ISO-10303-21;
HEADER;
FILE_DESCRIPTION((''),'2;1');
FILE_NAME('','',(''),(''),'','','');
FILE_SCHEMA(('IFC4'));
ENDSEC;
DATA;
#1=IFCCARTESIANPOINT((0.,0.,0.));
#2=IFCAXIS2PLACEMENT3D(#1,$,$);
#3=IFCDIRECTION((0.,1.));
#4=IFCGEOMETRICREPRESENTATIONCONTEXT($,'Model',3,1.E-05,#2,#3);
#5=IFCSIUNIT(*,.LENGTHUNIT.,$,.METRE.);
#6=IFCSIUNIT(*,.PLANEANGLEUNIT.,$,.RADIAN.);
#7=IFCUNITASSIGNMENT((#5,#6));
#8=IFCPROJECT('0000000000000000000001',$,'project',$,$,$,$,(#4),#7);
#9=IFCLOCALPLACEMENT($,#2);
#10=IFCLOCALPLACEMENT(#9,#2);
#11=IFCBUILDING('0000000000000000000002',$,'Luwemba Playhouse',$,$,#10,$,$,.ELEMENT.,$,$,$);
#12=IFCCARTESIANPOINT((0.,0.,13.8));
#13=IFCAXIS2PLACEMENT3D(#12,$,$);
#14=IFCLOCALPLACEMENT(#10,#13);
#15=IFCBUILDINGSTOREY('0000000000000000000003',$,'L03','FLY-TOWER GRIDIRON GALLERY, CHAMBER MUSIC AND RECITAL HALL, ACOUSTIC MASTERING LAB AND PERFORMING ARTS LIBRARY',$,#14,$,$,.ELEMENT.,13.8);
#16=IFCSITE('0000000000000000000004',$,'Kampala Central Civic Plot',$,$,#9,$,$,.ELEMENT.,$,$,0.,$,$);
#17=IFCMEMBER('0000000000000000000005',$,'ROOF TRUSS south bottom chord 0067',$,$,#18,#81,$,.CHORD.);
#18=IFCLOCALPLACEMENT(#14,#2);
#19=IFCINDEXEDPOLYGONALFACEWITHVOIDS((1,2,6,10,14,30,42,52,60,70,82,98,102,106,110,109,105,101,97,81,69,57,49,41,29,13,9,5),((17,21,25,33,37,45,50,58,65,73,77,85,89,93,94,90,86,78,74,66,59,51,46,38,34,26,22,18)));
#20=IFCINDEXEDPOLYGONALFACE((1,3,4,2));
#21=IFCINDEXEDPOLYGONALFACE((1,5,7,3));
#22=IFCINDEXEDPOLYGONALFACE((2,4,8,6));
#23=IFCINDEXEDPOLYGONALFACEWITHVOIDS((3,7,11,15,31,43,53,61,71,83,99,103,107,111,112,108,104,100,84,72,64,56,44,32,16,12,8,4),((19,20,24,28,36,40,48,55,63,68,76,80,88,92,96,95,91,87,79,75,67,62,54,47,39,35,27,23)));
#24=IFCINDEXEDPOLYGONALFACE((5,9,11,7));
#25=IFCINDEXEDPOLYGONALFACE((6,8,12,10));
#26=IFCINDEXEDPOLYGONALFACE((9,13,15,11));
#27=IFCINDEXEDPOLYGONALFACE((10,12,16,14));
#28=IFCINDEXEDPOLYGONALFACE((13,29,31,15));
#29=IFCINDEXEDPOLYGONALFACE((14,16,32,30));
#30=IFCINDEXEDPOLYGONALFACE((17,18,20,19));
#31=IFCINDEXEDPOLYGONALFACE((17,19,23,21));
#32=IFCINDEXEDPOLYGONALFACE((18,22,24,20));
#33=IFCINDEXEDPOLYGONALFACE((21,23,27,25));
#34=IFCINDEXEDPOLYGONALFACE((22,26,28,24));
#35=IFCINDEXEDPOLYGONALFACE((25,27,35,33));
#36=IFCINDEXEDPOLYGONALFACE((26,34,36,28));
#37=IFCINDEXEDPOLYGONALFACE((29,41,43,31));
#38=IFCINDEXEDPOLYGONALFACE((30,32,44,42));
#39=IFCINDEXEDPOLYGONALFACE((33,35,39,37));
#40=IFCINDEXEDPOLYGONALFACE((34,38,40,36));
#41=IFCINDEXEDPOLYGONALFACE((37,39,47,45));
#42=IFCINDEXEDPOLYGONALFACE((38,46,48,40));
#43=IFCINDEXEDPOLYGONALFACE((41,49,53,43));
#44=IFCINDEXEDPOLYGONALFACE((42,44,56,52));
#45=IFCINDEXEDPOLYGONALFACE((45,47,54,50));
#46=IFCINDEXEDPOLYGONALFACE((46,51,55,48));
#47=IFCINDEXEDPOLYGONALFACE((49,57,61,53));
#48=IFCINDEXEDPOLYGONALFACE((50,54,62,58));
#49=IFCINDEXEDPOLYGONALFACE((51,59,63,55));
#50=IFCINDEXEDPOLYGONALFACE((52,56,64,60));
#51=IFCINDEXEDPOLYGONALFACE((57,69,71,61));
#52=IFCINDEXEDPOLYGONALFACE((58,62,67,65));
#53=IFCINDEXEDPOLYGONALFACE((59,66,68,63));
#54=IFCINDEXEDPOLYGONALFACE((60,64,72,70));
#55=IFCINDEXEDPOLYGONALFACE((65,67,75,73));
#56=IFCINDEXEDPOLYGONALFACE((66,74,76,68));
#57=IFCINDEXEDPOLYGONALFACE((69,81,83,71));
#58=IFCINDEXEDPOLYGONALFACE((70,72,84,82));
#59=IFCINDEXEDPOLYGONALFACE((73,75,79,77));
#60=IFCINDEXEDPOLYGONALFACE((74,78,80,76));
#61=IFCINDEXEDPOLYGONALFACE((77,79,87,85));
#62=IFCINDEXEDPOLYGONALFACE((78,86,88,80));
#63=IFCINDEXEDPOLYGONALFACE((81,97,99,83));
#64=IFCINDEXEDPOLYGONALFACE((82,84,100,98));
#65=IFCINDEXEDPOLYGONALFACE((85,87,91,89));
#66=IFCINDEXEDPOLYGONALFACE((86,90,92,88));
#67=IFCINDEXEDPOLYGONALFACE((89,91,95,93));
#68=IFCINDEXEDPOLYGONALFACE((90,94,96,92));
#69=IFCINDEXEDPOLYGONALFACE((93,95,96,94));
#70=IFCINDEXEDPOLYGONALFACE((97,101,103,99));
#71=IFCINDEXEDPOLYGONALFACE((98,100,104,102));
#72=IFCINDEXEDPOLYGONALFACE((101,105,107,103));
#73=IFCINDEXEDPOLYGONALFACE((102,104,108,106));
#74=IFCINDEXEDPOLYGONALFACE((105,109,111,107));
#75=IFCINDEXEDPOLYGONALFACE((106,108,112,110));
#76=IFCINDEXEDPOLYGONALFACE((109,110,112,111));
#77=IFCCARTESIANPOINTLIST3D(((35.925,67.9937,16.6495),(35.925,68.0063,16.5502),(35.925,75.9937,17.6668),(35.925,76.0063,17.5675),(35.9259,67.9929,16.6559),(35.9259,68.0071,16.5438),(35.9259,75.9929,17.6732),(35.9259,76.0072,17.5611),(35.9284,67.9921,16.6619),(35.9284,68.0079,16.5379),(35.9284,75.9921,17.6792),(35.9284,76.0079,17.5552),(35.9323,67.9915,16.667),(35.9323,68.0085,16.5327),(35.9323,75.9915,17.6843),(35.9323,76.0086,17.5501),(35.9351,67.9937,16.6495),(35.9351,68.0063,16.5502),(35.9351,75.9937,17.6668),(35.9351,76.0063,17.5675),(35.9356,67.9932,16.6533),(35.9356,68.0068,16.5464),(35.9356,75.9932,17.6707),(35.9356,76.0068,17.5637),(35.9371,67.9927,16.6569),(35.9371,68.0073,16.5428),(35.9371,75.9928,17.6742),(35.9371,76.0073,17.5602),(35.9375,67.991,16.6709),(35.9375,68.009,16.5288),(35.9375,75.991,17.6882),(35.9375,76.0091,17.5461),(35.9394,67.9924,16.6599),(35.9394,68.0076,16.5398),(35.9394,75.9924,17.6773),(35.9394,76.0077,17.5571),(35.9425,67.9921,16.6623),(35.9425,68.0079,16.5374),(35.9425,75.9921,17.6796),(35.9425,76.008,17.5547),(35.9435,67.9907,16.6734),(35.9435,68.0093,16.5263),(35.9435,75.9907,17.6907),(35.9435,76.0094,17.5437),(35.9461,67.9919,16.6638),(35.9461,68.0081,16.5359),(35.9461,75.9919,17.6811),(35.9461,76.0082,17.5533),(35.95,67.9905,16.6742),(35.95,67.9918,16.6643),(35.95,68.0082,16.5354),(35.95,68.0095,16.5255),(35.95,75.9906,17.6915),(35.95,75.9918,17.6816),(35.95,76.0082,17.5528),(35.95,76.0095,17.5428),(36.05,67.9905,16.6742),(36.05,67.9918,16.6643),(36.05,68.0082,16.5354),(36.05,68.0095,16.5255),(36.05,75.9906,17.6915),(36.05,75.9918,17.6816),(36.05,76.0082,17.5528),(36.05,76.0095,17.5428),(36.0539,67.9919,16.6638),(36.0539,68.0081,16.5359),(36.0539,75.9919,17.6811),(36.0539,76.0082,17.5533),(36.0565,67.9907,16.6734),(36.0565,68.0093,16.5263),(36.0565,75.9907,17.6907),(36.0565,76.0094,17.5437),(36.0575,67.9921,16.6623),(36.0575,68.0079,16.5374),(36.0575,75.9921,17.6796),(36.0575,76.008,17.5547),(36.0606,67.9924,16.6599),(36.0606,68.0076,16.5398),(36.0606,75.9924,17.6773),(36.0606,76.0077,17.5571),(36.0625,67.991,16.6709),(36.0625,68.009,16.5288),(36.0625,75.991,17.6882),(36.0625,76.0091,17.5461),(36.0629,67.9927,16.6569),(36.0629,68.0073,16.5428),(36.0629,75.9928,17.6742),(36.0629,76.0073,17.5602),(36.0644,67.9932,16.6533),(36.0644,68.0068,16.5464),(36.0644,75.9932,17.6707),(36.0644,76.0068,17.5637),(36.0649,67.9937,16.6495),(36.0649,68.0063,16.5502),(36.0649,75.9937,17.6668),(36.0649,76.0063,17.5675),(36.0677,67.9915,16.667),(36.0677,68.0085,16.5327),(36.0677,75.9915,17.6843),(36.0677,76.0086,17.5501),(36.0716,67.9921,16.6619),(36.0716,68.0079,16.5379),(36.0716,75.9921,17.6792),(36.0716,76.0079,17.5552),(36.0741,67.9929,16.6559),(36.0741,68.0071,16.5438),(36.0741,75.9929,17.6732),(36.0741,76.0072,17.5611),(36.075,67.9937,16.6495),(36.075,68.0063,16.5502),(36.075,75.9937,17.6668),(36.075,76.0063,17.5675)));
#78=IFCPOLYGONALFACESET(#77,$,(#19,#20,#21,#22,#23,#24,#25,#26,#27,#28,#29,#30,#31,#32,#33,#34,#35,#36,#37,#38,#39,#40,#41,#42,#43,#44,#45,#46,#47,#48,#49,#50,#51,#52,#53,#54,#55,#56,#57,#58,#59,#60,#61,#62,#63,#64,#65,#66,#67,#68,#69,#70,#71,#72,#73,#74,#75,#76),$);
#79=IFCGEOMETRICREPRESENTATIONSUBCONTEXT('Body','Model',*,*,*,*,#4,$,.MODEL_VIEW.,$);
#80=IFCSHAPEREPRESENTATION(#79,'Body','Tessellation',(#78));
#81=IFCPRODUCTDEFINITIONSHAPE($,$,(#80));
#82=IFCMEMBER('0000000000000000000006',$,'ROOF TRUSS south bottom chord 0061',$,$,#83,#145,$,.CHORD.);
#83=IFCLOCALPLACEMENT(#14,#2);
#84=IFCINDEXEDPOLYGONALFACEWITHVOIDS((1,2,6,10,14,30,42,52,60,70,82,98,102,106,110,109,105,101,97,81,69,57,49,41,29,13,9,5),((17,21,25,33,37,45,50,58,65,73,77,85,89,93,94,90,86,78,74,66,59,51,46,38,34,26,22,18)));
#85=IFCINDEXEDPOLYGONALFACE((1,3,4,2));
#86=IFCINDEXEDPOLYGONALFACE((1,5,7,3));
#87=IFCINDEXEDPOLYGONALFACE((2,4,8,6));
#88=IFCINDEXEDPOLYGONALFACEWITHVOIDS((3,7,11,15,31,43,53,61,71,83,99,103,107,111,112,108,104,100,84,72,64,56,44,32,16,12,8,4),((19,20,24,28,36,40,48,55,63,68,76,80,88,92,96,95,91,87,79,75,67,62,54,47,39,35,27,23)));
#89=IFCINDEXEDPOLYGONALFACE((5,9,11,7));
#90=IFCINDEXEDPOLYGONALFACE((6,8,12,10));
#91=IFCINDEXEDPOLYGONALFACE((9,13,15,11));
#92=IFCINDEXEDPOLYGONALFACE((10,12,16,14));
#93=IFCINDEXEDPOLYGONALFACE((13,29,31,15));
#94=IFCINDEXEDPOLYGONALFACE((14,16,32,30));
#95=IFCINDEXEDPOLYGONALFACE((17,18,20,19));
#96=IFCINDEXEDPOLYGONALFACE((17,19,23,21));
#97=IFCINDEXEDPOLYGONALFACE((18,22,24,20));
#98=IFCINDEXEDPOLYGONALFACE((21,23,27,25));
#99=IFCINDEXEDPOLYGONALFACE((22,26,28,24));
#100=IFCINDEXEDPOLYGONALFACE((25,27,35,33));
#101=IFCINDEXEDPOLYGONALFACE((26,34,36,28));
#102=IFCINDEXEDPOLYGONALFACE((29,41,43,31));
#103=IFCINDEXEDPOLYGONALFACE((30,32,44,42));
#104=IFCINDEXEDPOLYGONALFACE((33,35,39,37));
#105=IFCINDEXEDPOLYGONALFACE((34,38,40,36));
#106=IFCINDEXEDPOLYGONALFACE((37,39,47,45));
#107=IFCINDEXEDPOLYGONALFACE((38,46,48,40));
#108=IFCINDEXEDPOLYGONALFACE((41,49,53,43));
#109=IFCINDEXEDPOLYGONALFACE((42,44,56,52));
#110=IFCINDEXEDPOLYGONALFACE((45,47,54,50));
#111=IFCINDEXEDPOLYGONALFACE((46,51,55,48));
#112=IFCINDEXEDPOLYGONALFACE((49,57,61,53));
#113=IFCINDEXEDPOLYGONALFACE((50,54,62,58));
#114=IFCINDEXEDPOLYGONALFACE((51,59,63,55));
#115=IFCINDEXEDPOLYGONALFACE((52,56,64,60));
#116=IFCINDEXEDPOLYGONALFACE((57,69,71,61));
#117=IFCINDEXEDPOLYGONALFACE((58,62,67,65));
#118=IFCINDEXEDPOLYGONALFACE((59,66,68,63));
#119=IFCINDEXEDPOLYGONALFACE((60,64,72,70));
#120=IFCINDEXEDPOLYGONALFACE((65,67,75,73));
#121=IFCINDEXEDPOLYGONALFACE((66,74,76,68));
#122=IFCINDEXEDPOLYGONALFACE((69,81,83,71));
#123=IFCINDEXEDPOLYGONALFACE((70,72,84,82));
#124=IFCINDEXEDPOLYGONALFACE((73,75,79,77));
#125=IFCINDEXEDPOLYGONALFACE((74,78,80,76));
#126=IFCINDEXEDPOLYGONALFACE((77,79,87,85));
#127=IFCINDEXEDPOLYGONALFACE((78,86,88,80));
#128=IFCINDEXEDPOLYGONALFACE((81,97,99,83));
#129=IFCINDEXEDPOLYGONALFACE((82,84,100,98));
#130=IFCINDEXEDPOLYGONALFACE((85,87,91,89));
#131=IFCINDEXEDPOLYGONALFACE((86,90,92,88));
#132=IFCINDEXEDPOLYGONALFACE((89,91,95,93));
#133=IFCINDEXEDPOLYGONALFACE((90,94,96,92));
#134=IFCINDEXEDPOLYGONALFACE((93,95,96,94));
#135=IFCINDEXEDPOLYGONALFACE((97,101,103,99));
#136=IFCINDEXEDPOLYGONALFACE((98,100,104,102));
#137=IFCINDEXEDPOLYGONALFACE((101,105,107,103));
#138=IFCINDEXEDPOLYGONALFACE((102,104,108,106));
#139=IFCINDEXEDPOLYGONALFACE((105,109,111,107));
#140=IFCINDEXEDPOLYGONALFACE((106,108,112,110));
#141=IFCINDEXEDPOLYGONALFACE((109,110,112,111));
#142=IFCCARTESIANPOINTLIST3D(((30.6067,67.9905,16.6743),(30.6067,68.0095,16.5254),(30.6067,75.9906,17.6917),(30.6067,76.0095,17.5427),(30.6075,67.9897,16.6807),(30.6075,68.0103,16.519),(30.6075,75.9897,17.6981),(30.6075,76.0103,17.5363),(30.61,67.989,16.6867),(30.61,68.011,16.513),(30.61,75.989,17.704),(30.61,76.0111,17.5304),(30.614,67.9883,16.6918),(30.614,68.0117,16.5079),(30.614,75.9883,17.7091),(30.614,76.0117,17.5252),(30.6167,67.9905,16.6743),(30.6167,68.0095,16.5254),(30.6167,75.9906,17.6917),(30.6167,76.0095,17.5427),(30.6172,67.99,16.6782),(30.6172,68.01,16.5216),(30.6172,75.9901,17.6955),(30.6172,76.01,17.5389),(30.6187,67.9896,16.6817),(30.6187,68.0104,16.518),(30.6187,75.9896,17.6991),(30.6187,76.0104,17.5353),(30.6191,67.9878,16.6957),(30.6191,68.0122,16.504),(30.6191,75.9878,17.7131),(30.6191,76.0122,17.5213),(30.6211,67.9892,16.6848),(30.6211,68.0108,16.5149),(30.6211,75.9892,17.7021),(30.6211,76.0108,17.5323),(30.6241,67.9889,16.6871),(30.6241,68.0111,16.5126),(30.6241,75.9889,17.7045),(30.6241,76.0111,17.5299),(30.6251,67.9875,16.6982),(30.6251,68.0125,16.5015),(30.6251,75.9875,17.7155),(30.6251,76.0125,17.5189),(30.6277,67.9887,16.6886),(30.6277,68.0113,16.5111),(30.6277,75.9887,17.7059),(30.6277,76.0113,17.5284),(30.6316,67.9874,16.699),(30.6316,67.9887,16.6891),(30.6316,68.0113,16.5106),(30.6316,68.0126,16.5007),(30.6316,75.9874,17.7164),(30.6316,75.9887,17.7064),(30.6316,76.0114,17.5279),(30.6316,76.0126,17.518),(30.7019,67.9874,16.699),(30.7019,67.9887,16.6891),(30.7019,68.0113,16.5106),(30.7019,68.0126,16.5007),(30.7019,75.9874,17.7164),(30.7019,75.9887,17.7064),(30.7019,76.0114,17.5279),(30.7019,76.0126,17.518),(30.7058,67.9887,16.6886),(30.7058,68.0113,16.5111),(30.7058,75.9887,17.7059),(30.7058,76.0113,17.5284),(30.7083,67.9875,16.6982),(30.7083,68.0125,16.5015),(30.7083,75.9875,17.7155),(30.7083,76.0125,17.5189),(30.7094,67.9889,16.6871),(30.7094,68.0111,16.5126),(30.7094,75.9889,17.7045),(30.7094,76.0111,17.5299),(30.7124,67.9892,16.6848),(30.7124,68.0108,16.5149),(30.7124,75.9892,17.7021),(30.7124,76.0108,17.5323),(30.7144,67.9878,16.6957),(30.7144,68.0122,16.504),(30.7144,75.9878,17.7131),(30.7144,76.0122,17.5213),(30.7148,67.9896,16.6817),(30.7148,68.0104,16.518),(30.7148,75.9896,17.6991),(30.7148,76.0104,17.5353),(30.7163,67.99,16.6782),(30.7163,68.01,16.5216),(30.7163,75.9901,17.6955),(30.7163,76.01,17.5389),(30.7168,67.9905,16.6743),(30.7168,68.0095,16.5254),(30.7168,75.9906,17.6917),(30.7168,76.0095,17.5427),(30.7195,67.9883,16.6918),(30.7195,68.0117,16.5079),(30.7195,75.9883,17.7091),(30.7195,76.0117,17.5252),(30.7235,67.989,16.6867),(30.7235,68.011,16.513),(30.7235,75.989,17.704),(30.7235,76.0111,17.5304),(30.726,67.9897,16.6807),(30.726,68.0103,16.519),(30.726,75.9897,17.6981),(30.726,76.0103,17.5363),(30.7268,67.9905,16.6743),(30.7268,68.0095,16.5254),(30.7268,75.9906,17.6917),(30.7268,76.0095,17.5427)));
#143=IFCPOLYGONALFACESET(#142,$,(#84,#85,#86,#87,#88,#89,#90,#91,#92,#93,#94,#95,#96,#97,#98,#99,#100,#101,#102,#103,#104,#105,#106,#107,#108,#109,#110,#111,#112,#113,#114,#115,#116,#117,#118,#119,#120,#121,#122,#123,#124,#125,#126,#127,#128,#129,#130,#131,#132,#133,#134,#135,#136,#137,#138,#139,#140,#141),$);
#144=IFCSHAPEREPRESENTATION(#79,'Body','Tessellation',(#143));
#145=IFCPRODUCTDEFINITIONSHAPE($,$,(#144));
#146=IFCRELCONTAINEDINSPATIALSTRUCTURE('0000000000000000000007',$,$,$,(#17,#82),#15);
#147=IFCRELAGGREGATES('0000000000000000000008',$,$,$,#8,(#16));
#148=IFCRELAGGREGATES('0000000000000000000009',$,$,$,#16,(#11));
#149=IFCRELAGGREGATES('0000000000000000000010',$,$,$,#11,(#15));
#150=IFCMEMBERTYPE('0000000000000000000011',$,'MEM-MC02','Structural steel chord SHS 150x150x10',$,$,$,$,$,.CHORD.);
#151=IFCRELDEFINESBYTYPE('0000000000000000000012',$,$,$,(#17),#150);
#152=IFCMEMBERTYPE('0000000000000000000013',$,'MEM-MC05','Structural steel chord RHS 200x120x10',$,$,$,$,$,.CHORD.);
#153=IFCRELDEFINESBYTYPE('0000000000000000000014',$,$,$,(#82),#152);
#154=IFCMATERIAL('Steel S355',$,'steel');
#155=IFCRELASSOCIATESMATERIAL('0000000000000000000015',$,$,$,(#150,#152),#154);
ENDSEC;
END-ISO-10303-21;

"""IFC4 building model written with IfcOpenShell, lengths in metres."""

from ifc_helpers import new_model, si_unit, direction, frame, origin, origin_2d, place, context, subcontext, project, spatial, hollow_rectangle, extrude, material, material_profile, profile_set, type_object, element, save


model = new_model("IFC4")

# Units and contexts
model_context = context("Model", 3, precision=1e-05, world=origin(), true_north=direction((0.0, 1.0)))
body_context = subcontext(model_context, "Body", "Model", "MODEL_VIEW")
ifc_project = project(units=[si_unit("LENGTHUNIT", "METRE"), si_unit("PLANEANGLEUNIT", "RADIAN")], contexts=[model_context])

# Site, building, storey
site_placement = place(None, origin())
site = spatial("IfcSite", under=ifc_project, at=site_placement, Name="Kampala Central Civic Plot", CompositionType="ELEMENT", RefElevation=0.0)
building_placement = place(site_placement, origin())
building = spatial("IfcBuilding", under=site, at=building_placement, Name="Luwemba Playhouse", CompositionType="ELEMENT")
storey_placement = place(building_placement, frame((0.0, 0.0, 13.8)))
storey = spatial("IfcBuildingStorey", under=building, at=storey_placement, Name="L03", Description="FLY-TOWER GRIDIRON GALLERY, CHAMBER MUSIC AND RECITAL HALL, ACOUSTIC MASTERING LAB AND PERFORMING ARTS LIBRARY", CompositionType="ELEMENT", Elevation=13.8)

# Shared definitions
ifc_material_1 = material(Name="Steel S355", Category="steel")

# Members
ifc_material_profile_1 = material_profile(ifc_material_1, hollow_rectangle(XDim=0.1499, YDim=0.1499, WallThickness=0.01, InnerFilletRadius=0.0149, OuterFilletRadius=0.0249, at=origin_2d()))
ifc_profile_set_1 = profile_set([ifc_material_profile_1], Name="Steel S355")
member_type_1 = type_object("IfcMemberType", Name="MEM-MC02", Description="Structural steel chord SHS 150x150x10", PredefinedType="CHORD", material=ifc_profile_set_1)
member_1_placement = place(storey_placement, frame((36.0, 68.0, 16.5999), z_axis=(0.0, 0.992011, 0.126151), x_axis=(-1.0, 0.0, 0.0)))
element("IfcMember", 1, at=member_1_placement, inside=storey, type_object=member_type_1, Name="ROOF TRUSS south bottom chord 0067", PredefinedType="CHORD", context=body_context, shape_type="SweptSolid", body=[
    extrude(hollow_rectangle(XDim=0.1499, YDim=0.1499, WallThickness=0.01, InnerFilletRadius=0.0149, OuterFilletRadius=0.0249, at=origin_2d()), origin(), (0.0, 0.0, 1.0), 8.0645),
])
ifc_material_profile_2 = material_profile(ifc_material_1, hollow_rectangle(XDim=0.1201, YDim=0.2, WallThickness=0.01, InnerFilletRadius=0.0149, OuterFilletRadius=0.0249, at=origin_2d()))
ifc_profile_set_2 = profile_set([ifc_material_profile_2], Name="Steel S355")
member_type_2 = type_object("IfcMemberType", Name="MEM-MC05", Description="Structural steel chord RHS 200x120x10", PredefinedType="CHORD", material=ifc_profile_set_2)
member_2_placement = place(storey_placement, frame((30.6667, 68.0, 16.5999), z_axis=(0.0, 0.992011, 0.126151), x_axis=(-1.0, 0.0, 0.0)))
element("IfcMember", 2, at=member_2_placement, inside=storey, type_object=member_type_2, Name="ROOF TRUSS south bottom chord 0061", PredefinedType="CHORD", context=body_context, shape_type="SweptSolid", body=[
    extrude(hollow_rectangle(XDim=0.1201, YDim=0.2, WallThickness=0.01, InnerFilletRadius=0.0149, OuterFilletRadius=0.0249, at=origin_2d()), origin(), (0.0, 0.0, 1.0), 8.0645),
])

save(model, "model.ifc")
